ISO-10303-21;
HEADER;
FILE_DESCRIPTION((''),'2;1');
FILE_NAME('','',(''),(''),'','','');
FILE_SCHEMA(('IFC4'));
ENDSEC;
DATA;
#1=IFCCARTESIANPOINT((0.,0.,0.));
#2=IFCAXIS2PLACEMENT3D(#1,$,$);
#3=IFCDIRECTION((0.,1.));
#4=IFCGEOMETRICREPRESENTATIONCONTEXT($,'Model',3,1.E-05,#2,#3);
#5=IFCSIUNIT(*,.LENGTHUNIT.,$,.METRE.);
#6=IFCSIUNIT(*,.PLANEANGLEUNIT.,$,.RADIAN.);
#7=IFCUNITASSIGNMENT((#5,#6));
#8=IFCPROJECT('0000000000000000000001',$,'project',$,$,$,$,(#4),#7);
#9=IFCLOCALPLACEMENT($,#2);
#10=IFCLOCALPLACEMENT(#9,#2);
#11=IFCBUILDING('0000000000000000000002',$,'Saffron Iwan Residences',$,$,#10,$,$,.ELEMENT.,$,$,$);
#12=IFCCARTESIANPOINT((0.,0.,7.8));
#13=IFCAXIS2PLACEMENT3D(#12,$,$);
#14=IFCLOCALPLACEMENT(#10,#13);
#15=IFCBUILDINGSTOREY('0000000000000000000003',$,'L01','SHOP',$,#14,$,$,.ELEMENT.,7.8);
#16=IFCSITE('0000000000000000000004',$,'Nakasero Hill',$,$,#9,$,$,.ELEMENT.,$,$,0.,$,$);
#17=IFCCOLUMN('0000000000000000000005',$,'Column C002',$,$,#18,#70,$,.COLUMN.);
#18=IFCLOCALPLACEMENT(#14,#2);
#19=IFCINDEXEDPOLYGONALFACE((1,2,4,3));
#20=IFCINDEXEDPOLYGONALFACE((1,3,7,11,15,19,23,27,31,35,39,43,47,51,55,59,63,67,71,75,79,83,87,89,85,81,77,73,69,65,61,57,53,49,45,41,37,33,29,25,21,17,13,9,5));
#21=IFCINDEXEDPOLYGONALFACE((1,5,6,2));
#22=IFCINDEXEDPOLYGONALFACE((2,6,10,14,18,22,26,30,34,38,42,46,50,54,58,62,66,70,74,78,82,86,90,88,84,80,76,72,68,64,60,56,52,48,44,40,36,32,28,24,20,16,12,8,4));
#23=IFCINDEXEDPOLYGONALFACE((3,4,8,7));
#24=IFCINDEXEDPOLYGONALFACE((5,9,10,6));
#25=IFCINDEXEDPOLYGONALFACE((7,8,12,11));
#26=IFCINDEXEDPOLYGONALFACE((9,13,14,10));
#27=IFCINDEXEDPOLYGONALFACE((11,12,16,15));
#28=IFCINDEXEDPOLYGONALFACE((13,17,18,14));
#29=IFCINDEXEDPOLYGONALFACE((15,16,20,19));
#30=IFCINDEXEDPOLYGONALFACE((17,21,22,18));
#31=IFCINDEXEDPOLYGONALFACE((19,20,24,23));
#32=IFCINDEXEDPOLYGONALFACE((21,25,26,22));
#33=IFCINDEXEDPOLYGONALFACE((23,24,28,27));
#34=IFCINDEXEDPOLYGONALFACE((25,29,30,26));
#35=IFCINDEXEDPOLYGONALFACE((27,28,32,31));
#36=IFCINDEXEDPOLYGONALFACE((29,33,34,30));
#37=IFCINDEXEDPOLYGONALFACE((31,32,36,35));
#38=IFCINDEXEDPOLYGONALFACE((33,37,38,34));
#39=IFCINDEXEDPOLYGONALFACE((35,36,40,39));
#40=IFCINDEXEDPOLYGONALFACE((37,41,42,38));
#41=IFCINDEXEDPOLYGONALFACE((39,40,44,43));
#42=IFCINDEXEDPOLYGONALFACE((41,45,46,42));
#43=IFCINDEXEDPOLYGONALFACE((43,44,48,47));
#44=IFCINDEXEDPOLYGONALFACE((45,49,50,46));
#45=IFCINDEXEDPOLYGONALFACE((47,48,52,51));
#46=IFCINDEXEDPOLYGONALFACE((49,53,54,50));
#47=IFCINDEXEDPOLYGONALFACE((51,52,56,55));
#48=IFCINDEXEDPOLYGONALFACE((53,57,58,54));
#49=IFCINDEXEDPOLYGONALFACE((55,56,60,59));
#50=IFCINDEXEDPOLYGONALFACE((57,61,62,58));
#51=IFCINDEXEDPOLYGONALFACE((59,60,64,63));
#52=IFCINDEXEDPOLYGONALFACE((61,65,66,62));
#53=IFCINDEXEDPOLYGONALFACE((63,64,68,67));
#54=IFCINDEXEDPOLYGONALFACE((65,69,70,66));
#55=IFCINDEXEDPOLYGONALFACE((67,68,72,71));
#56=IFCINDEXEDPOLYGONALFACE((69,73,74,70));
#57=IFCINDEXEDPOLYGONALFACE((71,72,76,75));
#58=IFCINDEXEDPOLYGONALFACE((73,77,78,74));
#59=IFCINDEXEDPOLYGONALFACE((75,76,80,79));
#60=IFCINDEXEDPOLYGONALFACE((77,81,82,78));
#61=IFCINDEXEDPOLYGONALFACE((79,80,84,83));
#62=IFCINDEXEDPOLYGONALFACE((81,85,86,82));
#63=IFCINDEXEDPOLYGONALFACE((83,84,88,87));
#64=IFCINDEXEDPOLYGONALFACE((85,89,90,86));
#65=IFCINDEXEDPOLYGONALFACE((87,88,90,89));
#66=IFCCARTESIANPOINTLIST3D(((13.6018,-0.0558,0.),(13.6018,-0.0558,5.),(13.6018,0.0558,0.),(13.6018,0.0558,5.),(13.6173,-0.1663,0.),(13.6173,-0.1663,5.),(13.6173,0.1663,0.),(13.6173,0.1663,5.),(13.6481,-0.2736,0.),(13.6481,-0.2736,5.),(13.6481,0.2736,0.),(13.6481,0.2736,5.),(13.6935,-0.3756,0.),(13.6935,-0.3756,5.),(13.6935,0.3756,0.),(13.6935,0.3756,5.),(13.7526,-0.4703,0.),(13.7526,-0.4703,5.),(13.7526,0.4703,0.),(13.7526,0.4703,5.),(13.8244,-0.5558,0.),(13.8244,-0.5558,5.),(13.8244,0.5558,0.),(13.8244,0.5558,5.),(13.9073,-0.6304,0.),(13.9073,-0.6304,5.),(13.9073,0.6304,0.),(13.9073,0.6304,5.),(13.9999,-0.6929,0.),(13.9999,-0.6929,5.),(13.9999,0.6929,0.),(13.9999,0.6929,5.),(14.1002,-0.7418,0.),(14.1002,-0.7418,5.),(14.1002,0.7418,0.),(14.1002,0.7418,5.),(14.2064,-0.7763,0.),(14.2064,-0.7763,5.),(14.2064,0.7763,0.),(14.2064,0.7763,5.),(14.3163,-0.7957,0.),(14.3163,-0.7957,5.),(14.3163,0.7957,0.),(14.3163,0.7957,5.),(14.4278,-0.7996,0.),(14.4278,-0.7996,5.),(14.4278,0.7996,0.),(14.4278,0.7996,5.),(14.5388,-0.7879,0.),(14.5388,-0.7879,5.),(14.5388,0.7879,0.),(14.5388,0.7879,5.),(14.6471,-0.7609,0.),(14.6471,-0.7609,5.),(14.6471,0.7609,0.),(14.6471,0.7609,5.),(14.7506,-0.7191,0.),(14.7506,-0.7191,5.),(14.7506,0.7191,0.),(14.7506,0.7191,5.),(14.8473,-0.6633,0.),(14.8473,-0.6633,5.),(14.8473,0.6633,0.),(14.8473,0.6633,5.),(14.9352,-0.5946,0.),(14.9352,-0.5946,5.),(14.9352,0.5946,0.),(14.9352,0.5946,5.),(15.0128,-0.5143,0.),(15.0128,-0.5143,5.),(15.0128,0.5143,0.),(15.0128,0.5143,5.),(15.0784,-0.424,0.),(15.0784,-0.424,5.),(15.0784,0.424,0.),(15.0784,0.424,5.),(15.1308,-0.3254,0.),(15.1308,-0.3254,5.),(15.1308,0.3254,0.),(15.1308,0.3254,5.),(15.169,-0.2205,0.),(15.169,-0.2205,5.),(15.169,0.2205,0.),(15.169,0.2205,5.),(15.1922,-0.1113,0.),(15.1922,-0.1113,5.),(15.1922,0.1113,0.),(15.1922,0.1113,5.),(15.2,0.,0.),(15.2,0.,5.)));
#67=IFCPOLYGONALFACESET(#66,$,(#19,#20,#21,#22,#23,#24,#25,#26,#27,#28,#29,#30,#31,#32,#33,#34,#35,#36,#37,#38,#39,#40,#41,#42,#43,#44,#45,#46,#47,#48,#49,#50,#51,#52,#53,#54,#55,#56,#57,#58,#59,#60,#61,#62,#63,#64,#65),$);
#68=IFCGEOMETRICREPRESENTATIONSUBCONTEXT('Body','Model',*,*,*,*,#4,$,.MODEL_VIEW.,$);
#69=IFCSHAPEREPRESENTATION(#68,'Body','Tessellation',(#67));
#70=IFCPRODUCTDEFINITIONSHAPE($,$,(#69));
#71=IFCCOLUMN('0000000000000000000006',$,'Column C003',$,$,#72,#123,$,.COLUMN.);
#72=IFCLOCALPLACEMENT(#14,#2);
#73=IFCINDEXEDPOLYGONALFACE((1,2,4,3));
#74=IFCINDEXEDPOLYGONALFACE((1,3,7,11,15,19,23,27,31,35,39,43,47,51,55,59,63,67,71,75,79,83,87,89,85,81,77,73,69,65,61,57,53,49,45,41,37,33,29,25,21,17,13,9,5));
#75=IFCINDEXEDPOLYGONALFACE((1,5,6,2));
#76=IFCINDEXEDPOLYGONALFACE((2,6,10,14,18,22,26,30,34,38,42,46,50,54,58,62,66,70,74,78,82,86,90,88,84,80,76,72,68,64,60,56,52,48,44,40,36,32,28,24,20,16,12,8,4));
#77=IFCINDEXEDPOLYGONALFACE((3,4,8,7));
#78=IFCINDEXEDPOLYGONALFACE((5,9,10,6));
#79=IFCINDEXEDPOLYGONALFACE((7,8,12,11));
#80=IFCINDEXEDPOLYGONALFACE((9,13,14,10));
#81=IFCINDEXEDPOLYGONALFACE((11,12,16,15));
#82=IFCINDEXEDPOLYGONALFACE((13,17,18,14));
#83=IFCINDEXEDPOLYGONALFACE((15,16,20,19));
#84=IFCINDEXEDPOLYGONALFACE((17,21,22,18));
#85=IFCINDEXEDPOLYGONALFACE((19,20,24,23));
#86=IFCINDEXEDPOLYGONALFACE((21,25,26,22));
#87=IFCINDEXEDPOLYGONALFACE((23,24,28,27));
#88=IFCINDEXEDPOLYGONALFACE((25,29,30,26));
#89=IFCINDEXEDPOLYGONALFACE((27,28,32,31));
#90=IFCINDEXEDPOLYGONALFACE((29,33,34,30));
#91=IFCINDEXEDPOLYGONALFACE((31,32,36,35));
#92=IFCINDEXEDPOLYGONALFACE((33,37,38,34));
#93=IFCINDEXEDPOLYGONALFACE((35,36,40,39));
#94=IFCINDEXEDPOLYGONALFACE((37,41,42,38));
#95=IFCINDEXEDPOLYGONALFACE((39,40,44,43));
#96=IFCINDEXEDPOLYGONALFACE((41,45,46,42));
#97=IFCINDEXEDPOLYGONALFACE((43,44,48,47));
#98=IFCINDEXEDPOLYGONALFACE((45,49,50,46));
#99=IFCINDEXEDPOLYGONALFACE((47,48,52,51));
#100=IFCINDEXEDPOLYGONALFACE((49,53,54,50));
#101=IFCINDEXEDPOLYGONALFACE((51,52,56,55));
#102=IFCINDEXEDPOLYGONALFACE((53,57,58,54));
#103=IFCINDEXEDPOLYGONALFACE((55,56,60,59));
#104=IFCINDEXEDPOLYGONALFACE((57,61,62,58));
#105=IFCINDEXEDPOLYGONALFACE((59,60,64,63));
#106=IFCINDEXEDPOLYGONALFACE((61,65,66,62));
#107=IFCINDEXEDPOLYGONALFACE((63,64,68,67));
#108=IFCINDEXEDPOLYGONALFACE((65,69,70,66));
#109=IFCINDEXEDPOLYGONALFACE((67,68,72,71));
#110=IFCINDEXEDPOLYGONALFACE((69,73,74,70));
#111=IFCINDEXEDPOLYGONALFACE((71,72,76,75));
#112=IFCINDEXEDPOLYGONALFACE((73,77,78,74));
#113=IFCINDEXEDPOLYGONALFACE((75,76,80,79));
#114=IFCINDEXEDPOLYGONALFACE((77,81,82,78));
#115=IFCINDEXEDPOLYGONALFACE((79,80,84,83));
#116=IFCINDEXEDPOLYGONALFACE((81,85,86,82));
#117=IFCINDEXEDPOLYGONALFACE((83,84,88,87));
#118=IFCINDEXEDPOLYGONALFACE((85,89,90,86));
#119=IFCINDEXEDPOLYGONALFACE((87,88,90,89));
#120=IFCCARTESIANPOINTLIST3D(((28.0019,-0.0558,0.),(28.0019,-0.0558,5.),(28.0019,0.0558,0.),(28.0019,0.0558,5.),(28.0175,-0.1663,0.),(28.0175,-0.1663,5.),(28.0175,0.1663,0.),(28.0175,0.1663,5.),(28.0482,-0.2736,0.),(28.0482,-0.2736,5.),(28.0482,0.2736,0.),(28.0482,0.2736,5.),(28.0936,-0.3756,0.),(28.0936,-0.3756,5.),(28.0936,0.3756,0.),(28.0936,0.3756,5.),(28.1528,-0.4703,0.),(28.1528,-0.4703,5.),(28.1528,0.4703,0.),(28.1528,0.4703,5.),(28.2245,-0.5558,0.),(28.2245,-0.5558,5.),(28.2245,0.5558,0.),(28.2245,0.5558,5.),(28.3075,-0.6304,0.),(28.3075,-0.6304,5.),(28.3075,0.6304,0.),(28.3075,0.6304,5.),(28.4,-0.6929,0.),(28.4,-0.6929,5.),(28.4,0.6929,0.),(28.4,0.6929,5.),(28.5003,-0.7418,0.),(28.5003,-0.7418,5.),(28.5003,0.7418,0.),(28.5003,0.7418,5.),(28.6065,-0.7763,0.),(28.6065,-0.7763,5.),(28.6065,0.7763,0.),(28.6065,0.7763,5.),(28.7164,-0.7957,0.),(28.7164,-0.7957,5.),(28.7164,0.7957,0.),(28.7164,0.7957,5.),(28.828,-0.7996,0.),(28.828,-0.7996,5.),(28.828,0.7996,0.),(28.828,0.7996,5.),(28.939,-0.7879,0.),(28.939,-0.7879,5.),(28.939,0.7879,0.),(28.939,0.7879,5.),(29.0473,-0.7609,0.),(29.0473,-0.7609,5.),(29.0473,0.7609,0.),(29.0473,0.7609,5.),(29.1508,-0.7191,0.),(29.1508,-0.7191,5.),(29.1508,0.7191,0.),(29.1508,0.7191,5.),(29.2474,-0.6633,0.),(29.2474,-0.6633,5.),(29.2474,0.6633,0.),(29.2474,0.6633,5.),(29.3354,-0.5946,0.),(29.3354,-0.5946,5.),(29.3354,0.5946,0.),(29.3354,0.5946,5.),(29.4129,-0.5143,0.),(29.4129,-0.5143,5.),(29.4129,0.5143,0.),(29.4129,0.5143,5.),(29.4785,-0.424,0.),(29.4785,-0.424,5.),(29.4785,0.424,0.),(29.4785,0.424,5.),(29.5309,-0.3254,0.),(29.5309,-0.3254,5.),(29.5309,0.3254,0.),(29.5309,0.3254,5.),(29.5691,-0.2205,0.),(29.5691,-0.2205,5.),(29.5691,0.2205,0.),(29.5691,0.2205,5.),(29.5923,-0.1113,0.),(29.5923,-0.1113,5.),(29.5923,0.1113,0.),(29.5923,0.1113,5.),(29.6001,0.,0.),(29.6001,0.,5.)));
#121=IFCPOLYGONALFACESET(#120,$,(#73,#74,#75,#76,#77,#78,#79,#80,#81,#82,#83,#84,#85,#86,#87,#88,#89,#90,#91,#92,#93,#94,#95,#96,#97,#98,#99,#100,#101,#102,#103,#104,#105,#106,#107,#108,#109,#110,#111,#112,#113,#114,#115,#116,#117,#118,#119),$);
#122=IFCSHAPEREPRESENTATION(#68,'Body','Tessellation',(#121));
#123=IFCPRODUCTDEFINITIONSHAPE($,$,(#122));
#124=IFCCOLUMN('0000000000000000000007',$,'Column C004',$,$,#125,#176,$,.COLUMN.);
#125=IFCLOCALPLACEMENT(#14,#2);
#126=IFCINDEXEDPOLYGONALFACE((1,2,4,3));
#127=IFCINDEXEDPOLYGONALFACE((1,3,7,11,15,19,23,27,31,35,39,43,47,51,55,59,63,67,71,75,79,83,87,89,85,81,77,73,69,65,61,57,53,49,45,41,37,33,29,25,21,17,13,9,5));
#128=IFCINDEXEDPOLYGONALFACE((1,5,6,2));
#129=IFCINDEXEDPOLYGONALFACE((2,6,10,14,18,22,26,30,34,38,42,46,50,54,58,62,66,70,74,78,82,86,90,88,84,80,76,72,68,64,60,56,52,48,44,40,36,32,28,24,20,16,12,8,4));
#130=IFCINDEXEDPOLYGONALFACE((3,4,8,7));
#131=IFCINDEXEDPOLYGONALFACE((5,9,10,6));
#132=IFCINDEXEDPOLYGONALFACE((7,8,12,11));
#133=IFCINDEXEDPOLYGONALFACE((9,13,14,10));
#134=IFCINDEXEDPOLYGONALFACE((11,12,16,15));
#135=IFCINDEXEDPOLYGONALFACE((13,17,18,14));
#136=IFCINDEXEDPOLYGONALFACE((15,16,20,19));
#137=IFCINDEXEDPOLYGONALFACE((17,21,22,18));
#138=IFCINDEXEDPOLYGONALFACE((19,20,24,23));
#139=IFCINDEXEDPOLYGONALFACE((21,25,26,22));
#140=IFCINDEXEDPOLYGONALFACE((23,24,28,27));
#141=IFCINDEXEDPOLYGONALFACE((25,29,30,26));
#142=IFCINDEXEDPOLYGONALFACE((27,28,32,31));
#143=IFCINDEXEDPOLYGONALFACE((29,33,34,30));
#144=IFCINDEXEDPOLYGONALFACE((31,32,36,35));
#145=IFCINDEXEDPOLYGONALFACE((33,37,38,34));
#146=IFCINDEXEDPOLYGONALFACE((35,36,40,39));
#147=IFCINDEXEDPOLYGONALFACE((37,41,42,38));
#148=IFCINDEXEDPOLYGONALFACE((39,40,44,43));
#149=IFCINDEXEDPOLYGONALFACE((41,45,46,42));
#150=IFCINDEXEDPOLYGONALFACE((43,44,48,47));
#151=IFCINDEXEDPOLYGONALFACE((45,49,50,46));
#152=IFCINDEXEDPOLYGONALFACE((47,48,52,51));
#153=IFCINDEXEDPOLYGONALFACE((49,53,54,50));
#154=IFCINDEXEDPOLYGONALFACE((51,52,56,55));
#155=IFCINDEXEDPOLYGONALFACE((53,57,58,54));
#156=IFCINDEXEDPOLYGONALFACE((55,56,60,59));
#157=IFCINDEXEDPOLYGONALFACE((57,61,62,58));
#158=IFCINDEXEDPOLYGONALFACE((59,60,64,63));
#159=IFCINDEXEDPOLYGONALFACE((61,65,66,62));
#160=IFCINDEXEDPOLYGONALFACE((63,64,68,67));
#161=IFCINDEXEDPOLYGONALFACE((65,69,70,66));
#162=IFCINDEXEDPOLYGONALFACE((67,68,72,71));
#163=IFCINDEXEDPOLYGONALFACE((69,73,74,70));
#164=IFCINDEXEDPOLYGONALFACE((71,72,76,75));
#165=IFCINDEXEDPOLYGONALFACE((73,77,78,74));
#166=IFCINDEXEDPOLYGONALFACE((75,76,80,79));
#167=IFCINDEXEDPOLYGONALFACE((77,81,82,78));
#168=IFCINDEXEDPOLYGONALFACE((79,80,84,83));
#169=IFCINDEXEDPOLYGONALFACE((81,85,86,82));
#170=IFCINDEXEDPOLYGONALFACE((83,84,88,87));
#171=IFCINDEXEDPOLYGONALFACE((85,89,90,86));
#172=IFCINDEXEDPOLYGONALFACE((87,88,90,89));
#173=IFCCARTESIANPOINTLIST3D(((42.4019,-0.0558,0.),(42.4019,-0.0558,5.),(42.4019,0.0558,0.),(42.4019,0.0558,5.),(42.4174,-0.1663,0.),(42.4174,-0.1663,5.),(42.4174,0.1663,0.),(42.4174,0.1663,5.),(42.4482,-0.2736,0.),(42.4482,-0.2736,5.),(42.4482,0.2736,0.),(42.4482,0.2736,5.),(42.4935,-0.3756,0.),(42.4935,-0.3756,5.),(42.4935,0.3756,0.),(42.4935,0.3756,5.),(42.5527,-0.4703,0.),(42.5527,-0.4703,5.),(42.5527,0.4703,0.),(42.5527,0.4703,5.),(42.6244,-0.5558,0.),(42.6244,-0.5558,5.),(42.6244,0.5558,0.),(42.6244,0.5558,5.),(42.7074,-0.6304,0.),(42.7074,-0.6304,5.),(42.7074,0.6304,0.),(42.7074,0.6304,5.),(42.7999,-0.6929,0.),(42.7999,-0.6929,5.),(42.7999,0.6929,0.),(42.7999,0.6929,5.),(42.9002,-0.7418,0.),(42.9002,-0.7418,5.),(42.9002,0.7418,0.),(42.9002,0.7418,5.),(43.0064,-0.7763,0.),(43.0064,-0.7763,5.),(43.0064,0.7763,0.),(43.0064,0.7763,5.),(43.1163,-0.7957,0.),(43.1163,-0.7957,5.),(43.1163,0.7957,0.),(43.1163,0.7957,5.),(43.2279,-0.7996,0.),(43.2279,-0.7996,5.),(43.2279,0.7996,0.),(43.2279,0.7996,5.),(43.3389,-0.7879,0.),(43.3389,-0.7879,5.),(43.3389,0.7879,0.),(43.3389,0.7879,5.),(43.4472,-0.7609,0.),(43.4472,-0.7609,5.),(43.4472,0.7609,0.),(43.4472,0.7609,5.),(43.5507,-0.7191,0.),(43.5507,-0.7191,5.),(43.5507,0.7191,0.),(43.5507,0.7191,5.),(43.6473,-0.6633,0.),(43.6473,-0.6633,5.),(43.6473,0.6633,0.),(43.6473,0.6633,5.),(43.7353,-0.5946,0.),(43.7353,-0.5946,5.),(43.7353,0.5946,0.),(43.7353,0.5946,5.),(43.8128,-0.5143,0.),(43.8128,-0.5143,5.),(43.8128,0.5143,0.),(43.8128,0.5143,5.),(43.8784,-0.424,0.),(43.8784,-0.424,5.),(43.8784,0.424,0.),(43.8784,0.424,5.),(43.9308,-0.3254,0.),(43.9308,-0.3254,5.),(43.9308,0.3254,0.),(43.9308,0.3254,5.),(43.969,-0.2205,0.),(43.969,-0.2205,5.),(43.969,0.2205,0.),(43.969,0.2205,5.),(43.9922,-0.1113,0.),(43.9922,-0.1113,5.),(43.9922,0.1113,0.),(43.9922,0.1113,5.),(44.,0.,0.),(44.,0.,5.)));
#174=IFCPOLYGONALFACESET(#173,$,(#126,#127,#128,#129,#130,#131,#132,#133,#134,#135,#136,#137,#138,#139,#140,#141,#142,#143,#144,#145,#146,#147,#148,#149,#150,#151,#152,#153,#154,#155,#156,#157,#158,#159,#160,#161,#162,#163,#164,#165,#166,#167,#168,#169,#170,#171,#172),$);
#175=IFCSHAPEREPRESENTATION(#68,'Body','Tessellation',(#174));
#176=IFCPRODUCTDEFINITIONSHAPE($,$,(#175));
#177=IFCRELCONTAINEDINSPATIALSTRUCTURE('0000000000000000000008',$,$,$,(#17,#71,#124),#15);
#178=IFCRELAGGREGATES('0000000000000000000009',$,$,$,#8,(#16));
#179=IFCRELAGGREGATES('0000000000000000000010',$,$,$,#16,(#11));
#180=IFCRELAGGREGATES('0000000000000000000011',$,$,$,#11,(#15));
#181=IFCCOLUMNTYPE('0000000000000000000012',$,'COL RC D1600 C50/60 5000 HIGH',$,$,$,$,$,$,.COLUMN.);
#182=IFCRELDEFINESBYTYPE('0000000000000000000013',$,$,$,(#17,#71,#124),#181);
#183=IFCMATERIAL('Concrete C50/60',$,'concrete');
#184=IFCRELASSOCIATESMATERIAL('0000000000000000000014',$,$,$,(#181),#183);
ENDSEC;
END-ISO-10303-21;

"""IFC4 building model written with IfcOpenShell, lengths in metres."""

from ifc_helpers import new_model, si_unit, direction, frame, origin, origin_2d, place, context, subcontext, project, spatial, circle, extrude, source, transform, mapped, material, material_profile, profile_set, type_object, element, save


model = new_model("IFC4")

# Units and contexts
model_context = context("Model", 3, precision=1e-05, world=origin(), true_north=direction((0.0, 1.0)))
body_context = subcontext(model_context, "Body", "Model", "MODEL_VIEW")
ifc_project = project(units=[si_unit("LENGTHUNIT", "METRE"), si_unit("PLANEANGLEUNIT", "RADIAN")], contexts=[model_context])

# Site, building, storey
site_placement = place(None, origin())
site = spatial("IfcSite", under=ifc_project, at=site_placement, Name="Nakasero Hill", CompositionType="ELEMENT", RefElevation=0.0)
building_placement = place(site_placement, origin())
building = spatial("IfcBuilding", under=site, at=building_placement, Name="Saffron Iwan Residences", CompositionType="ELEMENT")
storey_placement = place(building_placement, frame((0.0, 0.0, 7.8)))
storey = spatial("IfcBuildingStorey", under=building, at=storey_placement, Name="L01", Description="SHOP", CompositionType="ELEMENT", Elevation=7.8)

# Columns
ifc_material_1 = material(Name="Concrete C50/60", Category="concrete")
ifc_material_profile_1 = material_profile(ifc_material_1, circle(Radius=0.8, at=origin_2d()), Name="RC D1600")
ifc_profile_set_1 = profile_set([ifc_material_profile_1], Name="Concrete C50/60")
column_type = type_object("IfcColumnType", Name="COL RC D1600 C50/60 5000 HIGH", PredefinedType="COLUMN", material=ifc_profile_set_1)
shared_shape_1 = source(origin(), body_context, "Body", "SweptSolid", [
    extrude(circle(Radius=0.8, at=origin_2d()), origin(), (0.0, 0.0, 1.0), 5.0),
])
for number, where, z_axis, x_axis, name in (
    (1, (14.3999, 0.0, 0.0), (0.0, 0.0, 1.0), (1.0, 0.0, 0.0), "Column C002"),
    (2, (28.8, 0.0, 0.0), (0.0, 0.0, 1.0), (1.0, 0.0, 0.0), "Column C003"),
    (3, (43.2, 0.0, 0.0), (0.0, 0.0, 1.0), (1.0, 0.0, 0.0), "Column C004"),
):
    element("IfcColumn", number, at=place(storey_placement, frame(where, z_axis=z_axis, x_axis=x_axis)), inside=storey, type_object=column_type, Name=name, PredefinedType="COLUMN", context=body_context, shape_type="MappedRepresentation", body=[
        mapped(shared_shape_1, transform((0.0, 0.0, 0.0))),
    ])

save(model, "model.ifc")
